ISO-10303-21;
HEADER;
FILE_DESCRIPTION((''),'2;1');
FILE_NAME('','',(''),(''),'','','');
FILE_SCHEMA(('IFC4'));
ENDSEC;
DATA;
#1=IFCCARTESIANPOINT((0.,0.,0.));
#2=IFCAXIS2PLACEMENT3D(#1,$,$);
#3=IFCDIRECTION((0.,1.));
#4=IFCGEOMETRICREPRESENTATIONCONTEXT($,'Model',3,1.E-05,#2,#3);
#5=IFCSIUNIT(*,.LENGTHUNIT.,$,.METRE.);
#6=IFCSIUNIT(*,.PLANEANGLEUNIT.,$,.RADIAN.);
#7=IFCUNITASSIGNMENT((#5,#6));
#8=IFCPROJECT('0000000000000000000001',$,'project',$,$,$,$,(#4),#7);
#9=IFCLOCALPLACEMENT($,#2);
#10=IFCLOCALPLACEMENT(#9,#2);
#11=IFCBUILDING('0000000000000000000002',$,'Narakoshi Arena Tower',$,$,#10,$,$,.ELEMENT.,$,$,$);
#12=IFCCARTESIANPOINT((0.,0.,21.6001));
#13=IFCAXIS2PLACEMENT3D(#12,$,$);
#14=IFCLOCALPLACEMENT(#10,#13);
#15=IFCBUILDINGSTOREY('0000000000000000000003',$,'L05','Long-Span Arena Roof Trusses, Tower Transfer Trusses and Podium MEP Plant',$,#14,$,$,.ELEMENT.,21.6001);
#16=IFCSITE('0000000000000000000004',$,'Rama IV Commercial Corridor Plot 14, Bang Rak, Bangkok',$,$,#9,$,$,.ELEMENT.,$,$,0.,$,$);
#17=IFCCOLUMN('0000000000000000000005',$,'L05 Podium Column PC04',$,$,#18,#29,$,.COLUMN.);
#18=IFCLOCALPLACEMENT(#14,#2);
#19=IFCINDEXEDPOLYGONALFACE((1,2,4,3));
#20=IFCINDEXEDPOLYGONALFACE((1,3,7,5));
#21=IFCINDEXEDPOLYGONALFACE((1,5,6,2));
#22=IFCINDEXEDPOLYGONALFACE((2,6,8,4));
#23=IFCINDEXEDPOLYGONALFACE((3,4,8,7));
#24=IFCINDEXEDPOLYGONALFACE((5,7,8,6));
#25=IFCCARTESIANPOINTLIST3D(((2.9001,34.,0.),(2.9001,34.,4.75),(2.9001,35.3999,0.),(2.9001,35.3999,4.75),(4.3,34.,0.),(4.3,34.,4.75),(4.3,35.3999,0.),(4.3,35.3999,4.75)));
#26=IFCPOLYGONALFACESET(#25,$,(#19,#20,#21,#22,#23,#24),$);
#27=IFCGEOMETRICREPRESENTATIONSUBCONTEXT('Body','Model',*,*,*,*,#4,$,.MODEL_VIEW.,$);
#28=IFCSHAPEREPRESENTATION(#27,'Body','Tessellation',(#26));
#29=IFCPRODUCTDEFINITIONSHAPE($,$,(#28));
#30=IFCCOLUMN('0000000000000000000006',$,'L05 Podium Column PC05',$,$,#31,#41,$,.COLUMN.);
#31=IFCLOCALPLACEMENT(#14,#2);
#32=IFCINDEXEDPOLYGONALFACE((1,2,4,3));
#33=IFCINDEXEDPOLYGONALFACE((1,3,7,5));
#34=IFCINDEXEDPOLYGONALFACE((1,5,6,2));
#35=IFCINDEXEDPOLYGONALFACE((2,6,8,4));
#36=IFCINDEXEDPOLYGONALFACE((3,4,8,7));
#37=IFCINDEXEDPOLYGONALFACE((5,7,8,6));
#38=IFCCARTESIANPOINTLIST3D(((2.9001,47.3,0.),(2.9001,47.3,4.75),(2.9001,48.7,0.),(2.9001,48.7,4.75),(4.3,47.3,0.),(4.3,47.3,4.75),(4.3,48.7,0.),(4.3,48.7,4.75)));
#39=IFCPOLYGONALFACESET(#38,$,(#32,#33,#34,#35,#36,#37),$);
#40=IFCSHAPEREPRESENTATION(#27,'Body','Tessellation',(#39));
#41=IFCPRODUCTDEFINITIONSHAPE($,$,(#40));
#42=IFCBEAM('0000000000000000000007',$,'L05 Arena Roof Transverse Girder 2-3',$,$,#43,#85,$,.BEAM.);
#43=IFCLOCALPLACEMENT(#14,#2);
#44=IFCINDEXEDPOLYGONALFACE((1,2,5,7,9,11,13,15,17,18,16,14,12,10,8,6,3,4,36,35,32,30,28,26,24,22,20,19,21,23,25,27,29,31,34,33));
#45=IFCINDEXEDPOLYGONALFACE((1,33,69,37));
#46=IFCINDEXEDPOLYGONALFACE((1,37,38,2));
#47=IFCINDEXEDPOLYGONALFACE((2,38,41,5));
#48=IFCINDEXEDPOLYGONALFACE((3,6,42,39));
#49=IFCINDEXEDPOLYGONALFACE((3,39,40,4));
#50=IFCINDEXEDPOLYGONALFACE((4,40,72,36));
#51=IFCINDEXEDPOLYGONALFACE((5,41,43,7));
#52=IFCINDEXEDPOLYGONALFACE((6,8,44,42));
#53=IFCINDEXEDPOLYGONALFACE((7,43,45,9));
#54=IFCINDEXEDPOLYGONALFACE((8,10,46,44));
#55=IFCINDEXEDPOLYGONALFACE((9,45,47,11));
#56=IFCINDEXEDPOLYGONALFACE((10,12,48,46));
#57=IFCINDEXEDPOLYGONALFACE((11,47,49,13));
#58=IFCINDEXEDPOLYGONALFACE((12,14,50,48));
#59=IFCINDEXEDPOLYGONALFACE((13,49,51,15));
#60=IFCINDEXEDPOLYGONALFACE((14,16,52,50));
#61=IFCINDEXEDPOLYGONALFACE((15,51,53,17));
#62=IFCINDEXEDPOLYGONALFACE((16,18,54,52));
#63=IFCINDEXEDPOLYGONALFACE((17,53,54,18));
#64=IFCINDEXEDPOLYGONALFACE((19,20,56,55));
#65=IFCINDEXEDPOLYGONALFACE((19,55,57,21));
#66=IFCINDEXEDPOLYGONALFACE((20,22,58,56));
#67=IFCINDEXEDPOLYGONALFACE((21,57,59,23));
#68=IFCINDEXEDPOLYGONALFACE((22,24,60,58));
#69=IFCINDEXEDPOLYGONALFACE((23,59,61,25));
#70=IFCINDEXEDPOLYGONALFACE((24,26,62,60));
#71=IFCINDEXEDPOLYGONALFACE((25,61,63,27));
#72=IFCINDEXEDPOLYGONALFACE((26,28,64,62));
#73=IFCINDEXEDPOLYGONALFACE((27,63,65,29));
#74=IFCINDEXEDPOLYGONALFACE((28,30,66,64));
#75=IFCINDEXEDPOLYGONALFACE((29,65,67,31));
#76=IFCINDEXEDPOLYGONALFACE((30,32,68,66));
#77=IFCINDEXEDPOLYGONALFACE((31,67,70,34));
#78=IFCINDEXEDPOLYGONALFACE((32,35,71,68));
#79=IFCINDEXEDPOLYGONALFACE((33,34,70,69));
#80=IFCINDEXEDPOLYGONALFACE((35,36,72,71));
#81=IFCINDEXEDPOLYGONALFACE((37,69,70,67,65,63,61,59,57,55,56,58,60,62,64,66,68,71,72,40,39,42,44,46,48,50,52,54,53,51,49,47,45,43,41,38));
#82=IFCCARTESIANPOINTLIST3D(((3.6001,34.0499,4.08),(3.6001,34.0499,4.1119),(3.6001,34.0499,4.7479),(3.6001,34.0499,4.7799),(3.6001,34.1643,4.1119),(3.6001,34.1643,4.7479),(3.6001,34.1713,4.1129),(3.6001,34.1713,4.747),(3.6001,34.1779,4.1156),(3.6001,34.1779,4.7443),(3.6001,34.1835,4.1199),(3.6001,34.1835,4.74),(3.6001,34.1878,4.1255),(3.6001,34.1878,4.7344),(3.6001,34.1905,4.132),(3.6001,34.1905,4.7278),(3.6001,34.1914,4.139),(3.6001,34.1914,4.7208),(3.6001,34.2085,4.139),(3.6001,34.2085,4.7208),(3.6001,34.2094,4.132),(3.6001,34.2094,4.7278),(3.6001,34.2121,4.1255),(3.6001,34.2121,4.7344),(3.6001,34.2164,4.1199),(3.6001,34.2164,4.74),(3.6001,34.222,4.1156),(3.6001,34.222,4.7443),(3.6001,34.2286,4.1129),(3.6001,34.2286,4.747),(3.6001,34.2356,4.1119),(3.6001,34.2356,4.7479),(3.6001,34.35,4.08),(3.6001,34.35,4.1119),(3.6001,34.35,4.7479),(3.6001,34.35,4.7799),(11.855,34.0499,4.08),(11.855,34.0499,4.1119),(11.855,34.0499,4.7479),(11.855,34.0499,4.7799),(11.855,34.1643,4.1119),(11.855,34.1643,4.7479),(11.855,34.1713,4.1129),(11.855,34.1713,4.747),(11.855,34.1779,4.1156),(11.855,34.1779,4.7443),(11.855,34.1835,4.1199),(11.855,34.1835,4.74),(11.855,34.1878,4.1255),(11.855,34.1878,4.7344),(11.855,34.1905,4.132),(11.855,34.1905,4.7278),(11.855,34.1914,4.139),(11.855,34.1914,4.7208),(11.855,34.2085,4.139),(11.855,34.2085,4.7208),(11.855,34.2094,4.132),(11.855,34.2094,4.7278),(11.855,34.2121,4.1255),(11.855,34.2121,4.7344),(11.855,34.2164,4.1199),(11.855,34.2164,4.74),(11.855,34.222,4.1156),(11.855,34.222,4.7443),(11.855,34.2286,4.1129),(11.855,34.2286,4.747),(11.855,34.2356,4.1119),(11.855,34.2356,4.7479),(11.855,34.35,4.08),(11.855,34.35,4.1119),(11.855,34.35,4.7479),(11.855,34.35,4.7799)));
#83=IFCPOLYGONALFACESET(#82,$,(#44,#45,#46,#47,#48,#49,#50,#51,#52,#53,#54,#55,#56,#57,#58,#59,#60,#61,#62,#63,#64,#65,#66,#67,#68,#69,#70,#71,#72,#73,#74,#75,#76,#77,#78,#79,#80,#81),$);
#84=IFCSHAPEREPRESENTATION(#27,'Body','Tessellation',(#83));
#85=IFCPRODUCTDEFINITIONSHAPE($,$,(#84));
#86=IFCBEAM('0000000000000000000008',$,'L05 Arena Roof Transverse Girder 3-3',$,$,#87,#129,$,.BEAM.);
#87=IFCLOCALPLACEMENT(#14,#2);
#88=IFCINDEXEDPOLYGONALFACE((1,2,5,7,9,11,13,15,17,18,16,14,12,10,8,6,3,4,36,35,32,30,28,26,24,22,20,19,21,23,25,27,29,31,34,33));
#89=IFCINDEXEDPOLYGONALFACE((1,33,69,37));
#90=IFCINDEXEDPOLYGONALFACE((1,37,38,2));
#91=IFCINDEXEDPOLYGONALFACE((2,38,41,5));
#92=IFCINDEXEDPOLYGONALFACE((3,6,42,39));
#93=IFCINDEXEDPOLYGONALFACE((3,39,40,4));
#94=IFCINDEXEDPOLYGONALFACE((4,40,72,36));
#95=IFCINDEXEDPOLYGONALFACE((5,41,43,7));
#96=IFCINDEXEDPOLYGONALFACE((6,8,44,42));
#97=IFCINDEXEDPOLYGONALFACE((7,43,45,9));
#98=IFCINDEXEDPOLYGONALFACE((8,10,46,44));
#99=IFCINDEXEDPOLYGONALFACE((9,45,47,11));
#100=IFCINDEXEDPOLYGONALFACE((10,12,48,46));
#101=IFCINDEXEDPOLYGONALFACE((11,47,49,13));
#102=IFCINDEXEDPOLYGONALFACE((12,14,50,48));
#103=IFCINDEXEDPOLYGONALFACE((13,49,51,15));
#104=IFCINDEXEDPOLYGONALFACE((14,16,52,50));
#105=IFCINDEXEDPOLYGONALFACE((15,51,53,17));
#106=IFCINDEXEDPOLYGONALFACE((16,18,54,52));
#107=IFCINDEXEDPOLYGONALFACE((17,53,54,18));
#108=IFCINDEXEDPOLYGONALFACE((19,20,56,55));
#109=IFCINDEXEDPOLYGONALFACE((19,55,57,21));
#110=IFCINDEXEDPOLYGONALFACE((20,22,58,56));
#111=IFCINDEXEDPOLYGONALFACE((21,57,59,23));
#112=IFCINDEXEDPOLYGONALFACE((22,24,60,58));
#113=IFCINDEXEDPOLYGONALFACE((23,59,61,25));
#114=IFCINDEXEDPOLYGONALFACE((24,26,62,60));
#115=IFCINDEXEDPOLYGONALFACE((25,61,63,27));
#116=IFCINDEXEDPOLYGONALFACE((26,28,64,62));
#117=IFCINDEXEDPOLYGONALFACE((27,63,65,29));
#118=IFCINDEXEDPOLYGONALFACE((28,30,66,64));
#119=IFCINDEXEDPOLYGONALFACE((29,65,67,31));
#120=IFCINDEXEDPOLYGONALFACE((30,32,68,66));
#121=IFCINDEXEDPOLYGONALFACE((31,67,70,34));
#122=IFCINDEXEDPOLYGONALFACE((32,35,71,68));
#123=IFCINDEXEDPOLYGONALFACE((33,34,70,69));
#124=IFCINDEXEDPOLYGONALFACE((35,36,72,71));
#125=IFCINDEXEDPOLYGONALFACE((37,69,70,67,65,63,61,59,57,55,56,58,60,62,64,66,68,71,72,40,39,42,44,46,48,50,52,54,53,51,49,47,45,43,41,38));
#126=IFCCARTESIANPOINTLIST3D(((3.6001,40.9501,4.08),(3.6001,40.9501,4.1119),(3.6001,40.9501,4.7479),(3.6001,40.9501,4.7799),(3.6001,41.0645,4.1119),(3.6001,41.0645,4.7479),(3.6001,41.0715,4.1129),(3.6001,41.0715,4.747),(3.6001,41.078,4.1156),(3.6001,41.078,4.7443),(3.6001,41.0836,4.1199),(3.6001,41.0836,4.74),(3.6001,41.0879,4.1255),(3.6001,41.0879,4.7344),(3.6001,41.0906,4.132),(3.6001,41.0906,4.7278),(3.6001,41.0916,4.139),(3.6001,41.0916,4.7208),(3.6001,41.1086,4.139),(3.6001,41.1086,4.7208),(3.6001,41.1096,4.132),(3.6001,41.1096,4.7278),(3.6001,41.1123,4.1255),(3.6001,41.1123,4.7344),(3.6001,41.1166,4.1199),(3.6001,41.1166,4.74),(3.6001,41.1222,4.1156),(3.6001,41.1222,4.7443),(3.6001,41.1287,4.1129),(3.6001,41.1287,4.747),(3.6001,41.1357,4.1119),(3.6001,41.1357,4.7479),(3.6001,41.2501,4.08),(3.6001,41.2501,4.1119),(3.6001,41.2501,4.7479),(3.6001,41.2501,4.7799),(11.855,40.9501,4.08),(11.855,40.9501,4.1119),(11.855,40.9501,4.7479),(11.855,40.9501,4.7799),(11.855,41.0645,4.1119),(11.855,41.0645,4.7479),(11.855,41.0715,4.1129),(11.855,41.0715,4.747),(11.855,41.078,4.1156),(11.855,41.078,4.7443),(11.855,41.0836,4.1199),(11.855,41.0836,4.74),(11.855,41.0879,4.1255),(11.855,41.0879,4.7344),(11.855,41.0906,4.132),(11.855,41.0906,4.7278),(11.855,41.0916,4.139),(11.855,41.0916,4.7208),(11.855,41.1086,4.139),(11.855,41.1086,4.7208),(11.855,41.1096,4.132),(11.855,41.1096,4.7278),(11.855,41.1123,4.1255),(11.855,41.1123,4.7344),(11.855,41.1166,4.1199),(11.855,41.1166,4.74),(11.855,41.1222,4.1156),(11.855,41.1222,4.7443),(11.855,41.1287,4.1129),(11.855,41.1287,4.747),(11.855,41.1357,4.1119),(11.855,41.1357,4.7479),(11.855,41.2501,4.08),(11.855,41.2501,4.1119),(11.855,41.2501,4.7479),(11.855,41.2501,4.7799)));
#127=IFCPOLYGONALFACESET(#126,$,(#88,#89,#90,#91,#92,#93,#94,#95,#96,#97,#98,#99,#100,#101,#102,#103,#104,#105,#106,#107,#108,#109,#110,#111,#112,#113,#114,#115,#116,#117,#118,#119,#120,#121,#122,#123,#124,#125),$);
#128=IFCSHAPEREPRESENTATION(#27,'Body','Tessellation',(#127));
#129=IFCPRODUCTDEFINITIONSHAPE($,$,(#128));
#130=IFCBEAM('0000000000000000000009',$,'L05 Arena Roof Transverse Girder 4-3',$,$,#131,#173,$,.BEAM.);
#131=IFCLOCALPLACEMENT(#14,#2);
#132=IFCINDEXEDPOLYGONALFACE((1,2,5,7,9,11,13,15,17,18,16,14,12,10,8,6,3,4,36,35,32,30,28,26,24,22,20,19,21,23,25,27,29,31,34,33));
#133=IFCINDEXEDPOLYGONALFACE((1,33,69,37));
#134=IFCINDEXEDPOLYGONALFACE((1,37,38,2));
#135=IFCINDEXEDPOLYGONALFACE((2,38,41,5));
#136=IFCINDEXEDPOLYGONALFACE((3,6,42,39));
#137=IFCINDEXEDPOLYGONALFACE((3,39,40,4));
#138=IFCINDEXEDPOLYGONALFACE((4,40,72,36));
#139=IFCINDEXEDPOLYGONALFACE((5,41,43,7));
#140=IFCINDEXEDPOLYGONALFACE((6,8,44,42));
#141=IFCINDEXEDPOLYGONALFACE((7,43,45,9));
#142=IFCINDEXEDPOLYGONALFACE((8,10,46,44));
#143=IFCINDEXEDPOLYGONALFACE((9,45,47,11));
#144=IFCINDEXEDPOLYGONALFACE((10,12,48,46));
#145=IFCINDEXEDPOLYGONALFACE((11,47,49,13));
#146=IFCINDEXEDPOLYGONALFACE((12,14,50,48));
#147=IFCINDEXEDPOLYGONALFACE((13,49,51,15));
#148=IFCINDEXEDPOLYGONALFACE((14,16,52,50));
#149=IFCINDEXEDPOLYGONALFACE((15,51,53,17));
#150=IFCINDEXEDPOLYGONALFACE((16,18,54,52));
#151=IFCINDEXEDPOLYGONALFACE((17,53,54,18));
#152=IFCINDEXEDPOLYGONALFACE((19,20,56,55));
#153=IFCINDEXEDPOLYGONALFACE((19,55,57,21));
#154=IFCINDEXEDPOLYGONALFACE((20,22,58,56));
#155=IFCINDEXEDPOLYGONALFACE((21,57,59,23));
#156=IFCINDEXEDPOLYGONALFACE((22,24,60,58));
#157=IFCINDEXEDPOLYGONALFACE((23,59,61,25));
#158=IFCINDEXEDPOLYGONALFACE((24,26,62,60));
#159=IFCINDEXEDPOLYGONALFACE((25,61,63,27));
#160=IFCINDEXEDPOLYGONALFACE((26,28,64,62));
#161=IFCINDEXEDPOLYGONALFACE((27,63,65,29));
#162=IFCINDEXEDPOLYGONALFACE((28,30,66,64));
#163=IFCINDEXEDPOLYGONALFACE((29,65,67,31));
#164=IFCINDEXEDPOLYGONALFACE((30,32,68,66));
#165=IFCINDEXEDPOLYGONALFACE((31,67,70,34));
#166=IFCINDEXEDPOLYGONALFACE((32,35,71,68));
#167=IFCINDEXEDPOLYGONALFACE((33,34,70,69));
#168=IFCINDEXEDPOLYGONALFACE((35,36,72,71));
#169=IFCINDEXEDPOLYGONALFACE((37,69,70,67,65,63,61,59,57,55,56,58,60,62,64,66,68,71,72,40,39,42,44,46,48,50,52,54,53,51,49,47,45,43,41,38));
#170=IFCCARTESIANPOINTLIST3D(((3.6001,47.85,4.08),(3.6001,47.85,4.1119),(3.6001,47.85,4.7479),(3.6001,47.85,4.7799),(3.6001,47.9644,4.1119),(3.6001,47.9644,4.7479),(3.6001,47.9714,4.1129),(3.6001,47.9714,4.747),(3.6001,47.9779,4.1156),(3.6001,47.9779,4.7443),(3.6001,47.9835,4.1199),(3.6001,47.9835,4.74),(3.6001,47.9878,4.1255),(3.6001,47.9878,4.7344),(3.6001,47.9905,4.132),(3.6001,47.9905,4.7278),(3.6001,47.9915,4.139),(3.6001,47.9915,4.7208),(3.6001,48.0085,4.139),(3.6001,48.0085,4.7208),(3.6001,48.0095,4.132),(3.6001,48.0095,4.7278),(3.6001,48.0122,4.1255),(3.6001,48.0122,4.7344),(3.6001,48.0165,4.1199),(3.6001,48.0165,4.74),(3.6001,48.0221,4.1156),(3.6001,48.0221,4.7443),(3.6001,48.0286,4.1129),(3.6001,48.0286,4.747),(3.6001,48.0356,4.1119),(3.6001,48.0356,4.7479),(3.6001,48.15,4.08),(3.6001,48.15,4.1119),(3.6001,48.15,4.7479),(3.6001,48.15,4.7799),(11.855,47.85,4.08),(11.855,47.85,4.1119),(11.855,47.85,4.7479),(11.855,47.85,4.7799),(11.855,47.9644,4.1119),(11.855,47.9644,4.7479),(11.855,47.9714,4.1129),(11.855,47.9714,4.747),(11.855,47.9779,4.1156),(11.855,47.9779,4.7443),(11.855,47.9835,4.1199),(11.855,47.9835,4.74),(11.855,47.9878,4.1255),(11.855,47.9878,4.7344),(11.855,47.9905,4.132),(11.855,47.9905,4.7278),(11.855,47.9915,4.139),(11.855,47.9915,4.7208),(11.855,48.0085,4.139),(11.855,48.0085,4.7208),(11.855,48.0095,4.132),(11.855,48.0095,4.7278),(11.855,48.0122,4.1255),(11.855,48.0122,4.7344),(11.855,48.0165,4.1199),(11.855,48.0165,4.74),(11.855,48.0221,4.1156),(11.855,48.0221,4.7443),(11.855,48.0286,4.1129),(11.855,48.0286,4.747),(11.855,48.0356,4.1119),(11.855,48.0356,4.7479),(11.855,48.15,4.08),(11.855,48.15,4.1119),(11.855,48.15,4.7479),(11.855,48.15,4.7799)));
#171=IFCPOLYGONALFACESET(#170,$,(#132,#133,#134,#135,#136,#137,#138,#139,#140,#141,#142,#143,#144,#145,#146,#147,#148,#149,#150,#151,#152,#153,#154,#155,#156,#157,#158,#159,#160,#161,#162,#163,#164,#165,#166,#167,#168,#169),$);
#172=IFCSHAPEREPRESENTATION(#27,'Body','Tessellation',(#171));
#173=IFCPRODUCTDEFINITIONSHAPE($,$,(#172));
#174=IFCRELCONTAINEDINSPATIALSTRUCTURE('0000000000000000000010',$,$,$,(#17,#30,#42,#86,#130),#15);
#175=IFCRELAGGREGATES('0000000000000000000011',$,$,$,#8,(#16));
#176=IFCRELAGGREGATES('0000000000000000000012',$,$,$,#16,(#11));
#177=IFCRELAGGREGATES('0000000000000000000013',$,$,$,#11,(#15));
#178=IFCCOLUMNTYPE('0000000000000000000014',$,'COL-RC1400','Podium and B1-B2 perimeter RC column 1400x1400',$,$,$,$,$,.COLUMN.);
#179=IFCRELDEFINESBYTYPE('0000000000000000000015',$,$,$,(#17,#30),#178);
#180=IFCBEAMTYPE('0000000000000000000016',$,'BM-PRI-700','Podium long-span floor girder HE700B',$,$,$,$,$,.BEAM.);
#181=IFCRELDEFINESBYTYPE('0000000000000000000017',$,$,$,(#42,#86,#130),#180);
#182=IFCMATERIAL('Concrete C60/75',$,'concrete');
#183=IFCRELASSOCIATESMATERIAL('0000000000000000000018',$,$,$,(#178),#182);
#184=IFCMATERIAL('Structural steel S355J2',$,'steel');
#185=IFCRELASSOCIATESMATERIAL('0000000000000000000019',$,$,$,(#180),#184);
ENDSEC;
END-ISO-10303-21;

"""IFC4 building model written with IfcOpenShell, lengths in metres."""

from ifc_helpers import new_model, si_unit, direction, frame, origin, origin_2d, place, context, subcontext, project, spatial, rectangle, i_section, extrude, material, material_profile, profile_set, type_object, element, save


model = new_model("IFC4")

# Units and contexts
model_context = context("Model", 3, precision=1e-05, world=origin(), true_north=direction((0.0, 1.0)))
body_context = subcontext(model_context, "Body", "Model", "MODEL_VIEW")
ifc_project = project(units=[si_unit("LENGTHUNIT", "METRE"), si_unit("PLANEANGLEUNIT", "RADIAN")], contexts=[model_context])

# Site, building, storey
site_placement = place(None, origin())
site = spatial("IfcSite", under=ifc_project, at=site_placement, Name="Rama IV Commercial Corridor Plot 14, Bang Rak, Bangkok", CompositionType="ELEMENT", RefElevation=0.0)
building_placement = place(site_placement, origin())
building = spatial("IfcBuilding", under=site, at=building_placement, Name="Narakoshi Arena Tower", CompositionType="ELEMENT")
storey_placement = place(building_placement, frame((0.0, 0.0, 21.6001)))
storey = spatial("IfcBuildingStorey", under=building, at=storey_placement, Name="L05", Description="Long-Span Arena Roof Trusses, Tower Transfer Trusses and Podium MEP Plant", CompositionType="ELEMENT", Elevation=21.6001)

# Columns
ifc_material_1 = material(Name="Concrete C60/75", Category="concrete")
ifc_material_profile_1 = material_profile(ifc_material_1, rectangle(XDim=1.3999, YDim=1.3999, at=origin_2d()), Name="RC1400x1400")
ifc_profile_set_1 = profile_set([ifc_material_profile_1], Name="Concrete C60/75")
column_type = type_object("IfcColumnType", Name="COL-RC1400", Description="Podium and B1-B2 perimeter RC column 1400x1400", PredefinedType="COLUMN", material=ifc_profile_set_1)
for number, where, z_axis, x_axis, name in (
    (1, (3.6001, 34.7, 0.0), (0.0, 0.0, 1.0), (1.0, 0.0, 0.0), "L05 Podium Column PC04"),
    (2, (3.6001, 48.0, 0.0), (0.0, 0.0, 1.0), (1.0, 0.0, 0.0), "L05 Podium Column PC05"),
):
    element("IfcColumn", number, at=place(storey_placement, frame(where, z_axis=z_axis, x_axis=x_axis)), inside=storey, type_object=column_type, Name=name, PredefinedType="COLUMN", context=body_context, shape_type="SweptSolid", body=[
        extrude(rectangle(XDim=1.3999, YDim=1.3999, at=origin_2d()), origin(), (0.0, 0.0, 1.0), 4.75),
    ])

# Beams
ifc_material_2 = material(Name="Structural steel S355J2", Category="steel")
ifc_material_profile_2 = material_profile(ifc_material_2, i_section(OverallWidth=0.3, OverallDepth=0.7, WebThickness=0.0171, FlangeThickness=0.032, FilletRadius=0.0271, at=origin_2d()), Name="HE700B")
ifc_profile_set_2 = profile_set([ifc_material_profile_2], Name="Structural steel S355J2")
beam_type_1 = type_object("IfcBeamType", Name="BM-PRI-700", Description="Podium long-span floor girder HE700B", PredefinedType="BEAM", material=ifc_profile_set_2)
for number, where, z_axis, x_axis, name in (
    (3, (3.6001, 34.2, 4.4299), (1.0, 0.0, 0.0), (0.0, 1.0, 0.0), "L05 Arena Roof Transverse Girder 2-3"),
    (4, (3.6001, 41.1001, 4.4299), (1.0, 0.0, 0.0), (0.0, 1.0, 0.0), "L05 Arena Roof Transverse Girder 3-3"),
    (5, (3.6001, 48.0, 4.4299), (1.0, 0.0, 0.0), (0.0, 1.0, 0.0), "L05 Arena Roof Transverse Girder 4-3"),
):
    element("IfcBeam", number, at=place(storey_placement, frame(where, z_axis=z_axis, x_axis=x_axis)), inside=storey, type_object=beam_type_1, Name=name, PredefinedType="BEAM", context=body_context, shape_type="SweptSolid", body=[
        extrude(i_section(OverallWidth=0.3, OverallDepth=0.7, WebThickness=0.0171, FlangeThickness=0.032, FilletRadius=0.0271, at=origin_2d()), origin(), (0.0, 0.0, 1.0), 8.2549),
    ])

save(model, "model.ifc")
